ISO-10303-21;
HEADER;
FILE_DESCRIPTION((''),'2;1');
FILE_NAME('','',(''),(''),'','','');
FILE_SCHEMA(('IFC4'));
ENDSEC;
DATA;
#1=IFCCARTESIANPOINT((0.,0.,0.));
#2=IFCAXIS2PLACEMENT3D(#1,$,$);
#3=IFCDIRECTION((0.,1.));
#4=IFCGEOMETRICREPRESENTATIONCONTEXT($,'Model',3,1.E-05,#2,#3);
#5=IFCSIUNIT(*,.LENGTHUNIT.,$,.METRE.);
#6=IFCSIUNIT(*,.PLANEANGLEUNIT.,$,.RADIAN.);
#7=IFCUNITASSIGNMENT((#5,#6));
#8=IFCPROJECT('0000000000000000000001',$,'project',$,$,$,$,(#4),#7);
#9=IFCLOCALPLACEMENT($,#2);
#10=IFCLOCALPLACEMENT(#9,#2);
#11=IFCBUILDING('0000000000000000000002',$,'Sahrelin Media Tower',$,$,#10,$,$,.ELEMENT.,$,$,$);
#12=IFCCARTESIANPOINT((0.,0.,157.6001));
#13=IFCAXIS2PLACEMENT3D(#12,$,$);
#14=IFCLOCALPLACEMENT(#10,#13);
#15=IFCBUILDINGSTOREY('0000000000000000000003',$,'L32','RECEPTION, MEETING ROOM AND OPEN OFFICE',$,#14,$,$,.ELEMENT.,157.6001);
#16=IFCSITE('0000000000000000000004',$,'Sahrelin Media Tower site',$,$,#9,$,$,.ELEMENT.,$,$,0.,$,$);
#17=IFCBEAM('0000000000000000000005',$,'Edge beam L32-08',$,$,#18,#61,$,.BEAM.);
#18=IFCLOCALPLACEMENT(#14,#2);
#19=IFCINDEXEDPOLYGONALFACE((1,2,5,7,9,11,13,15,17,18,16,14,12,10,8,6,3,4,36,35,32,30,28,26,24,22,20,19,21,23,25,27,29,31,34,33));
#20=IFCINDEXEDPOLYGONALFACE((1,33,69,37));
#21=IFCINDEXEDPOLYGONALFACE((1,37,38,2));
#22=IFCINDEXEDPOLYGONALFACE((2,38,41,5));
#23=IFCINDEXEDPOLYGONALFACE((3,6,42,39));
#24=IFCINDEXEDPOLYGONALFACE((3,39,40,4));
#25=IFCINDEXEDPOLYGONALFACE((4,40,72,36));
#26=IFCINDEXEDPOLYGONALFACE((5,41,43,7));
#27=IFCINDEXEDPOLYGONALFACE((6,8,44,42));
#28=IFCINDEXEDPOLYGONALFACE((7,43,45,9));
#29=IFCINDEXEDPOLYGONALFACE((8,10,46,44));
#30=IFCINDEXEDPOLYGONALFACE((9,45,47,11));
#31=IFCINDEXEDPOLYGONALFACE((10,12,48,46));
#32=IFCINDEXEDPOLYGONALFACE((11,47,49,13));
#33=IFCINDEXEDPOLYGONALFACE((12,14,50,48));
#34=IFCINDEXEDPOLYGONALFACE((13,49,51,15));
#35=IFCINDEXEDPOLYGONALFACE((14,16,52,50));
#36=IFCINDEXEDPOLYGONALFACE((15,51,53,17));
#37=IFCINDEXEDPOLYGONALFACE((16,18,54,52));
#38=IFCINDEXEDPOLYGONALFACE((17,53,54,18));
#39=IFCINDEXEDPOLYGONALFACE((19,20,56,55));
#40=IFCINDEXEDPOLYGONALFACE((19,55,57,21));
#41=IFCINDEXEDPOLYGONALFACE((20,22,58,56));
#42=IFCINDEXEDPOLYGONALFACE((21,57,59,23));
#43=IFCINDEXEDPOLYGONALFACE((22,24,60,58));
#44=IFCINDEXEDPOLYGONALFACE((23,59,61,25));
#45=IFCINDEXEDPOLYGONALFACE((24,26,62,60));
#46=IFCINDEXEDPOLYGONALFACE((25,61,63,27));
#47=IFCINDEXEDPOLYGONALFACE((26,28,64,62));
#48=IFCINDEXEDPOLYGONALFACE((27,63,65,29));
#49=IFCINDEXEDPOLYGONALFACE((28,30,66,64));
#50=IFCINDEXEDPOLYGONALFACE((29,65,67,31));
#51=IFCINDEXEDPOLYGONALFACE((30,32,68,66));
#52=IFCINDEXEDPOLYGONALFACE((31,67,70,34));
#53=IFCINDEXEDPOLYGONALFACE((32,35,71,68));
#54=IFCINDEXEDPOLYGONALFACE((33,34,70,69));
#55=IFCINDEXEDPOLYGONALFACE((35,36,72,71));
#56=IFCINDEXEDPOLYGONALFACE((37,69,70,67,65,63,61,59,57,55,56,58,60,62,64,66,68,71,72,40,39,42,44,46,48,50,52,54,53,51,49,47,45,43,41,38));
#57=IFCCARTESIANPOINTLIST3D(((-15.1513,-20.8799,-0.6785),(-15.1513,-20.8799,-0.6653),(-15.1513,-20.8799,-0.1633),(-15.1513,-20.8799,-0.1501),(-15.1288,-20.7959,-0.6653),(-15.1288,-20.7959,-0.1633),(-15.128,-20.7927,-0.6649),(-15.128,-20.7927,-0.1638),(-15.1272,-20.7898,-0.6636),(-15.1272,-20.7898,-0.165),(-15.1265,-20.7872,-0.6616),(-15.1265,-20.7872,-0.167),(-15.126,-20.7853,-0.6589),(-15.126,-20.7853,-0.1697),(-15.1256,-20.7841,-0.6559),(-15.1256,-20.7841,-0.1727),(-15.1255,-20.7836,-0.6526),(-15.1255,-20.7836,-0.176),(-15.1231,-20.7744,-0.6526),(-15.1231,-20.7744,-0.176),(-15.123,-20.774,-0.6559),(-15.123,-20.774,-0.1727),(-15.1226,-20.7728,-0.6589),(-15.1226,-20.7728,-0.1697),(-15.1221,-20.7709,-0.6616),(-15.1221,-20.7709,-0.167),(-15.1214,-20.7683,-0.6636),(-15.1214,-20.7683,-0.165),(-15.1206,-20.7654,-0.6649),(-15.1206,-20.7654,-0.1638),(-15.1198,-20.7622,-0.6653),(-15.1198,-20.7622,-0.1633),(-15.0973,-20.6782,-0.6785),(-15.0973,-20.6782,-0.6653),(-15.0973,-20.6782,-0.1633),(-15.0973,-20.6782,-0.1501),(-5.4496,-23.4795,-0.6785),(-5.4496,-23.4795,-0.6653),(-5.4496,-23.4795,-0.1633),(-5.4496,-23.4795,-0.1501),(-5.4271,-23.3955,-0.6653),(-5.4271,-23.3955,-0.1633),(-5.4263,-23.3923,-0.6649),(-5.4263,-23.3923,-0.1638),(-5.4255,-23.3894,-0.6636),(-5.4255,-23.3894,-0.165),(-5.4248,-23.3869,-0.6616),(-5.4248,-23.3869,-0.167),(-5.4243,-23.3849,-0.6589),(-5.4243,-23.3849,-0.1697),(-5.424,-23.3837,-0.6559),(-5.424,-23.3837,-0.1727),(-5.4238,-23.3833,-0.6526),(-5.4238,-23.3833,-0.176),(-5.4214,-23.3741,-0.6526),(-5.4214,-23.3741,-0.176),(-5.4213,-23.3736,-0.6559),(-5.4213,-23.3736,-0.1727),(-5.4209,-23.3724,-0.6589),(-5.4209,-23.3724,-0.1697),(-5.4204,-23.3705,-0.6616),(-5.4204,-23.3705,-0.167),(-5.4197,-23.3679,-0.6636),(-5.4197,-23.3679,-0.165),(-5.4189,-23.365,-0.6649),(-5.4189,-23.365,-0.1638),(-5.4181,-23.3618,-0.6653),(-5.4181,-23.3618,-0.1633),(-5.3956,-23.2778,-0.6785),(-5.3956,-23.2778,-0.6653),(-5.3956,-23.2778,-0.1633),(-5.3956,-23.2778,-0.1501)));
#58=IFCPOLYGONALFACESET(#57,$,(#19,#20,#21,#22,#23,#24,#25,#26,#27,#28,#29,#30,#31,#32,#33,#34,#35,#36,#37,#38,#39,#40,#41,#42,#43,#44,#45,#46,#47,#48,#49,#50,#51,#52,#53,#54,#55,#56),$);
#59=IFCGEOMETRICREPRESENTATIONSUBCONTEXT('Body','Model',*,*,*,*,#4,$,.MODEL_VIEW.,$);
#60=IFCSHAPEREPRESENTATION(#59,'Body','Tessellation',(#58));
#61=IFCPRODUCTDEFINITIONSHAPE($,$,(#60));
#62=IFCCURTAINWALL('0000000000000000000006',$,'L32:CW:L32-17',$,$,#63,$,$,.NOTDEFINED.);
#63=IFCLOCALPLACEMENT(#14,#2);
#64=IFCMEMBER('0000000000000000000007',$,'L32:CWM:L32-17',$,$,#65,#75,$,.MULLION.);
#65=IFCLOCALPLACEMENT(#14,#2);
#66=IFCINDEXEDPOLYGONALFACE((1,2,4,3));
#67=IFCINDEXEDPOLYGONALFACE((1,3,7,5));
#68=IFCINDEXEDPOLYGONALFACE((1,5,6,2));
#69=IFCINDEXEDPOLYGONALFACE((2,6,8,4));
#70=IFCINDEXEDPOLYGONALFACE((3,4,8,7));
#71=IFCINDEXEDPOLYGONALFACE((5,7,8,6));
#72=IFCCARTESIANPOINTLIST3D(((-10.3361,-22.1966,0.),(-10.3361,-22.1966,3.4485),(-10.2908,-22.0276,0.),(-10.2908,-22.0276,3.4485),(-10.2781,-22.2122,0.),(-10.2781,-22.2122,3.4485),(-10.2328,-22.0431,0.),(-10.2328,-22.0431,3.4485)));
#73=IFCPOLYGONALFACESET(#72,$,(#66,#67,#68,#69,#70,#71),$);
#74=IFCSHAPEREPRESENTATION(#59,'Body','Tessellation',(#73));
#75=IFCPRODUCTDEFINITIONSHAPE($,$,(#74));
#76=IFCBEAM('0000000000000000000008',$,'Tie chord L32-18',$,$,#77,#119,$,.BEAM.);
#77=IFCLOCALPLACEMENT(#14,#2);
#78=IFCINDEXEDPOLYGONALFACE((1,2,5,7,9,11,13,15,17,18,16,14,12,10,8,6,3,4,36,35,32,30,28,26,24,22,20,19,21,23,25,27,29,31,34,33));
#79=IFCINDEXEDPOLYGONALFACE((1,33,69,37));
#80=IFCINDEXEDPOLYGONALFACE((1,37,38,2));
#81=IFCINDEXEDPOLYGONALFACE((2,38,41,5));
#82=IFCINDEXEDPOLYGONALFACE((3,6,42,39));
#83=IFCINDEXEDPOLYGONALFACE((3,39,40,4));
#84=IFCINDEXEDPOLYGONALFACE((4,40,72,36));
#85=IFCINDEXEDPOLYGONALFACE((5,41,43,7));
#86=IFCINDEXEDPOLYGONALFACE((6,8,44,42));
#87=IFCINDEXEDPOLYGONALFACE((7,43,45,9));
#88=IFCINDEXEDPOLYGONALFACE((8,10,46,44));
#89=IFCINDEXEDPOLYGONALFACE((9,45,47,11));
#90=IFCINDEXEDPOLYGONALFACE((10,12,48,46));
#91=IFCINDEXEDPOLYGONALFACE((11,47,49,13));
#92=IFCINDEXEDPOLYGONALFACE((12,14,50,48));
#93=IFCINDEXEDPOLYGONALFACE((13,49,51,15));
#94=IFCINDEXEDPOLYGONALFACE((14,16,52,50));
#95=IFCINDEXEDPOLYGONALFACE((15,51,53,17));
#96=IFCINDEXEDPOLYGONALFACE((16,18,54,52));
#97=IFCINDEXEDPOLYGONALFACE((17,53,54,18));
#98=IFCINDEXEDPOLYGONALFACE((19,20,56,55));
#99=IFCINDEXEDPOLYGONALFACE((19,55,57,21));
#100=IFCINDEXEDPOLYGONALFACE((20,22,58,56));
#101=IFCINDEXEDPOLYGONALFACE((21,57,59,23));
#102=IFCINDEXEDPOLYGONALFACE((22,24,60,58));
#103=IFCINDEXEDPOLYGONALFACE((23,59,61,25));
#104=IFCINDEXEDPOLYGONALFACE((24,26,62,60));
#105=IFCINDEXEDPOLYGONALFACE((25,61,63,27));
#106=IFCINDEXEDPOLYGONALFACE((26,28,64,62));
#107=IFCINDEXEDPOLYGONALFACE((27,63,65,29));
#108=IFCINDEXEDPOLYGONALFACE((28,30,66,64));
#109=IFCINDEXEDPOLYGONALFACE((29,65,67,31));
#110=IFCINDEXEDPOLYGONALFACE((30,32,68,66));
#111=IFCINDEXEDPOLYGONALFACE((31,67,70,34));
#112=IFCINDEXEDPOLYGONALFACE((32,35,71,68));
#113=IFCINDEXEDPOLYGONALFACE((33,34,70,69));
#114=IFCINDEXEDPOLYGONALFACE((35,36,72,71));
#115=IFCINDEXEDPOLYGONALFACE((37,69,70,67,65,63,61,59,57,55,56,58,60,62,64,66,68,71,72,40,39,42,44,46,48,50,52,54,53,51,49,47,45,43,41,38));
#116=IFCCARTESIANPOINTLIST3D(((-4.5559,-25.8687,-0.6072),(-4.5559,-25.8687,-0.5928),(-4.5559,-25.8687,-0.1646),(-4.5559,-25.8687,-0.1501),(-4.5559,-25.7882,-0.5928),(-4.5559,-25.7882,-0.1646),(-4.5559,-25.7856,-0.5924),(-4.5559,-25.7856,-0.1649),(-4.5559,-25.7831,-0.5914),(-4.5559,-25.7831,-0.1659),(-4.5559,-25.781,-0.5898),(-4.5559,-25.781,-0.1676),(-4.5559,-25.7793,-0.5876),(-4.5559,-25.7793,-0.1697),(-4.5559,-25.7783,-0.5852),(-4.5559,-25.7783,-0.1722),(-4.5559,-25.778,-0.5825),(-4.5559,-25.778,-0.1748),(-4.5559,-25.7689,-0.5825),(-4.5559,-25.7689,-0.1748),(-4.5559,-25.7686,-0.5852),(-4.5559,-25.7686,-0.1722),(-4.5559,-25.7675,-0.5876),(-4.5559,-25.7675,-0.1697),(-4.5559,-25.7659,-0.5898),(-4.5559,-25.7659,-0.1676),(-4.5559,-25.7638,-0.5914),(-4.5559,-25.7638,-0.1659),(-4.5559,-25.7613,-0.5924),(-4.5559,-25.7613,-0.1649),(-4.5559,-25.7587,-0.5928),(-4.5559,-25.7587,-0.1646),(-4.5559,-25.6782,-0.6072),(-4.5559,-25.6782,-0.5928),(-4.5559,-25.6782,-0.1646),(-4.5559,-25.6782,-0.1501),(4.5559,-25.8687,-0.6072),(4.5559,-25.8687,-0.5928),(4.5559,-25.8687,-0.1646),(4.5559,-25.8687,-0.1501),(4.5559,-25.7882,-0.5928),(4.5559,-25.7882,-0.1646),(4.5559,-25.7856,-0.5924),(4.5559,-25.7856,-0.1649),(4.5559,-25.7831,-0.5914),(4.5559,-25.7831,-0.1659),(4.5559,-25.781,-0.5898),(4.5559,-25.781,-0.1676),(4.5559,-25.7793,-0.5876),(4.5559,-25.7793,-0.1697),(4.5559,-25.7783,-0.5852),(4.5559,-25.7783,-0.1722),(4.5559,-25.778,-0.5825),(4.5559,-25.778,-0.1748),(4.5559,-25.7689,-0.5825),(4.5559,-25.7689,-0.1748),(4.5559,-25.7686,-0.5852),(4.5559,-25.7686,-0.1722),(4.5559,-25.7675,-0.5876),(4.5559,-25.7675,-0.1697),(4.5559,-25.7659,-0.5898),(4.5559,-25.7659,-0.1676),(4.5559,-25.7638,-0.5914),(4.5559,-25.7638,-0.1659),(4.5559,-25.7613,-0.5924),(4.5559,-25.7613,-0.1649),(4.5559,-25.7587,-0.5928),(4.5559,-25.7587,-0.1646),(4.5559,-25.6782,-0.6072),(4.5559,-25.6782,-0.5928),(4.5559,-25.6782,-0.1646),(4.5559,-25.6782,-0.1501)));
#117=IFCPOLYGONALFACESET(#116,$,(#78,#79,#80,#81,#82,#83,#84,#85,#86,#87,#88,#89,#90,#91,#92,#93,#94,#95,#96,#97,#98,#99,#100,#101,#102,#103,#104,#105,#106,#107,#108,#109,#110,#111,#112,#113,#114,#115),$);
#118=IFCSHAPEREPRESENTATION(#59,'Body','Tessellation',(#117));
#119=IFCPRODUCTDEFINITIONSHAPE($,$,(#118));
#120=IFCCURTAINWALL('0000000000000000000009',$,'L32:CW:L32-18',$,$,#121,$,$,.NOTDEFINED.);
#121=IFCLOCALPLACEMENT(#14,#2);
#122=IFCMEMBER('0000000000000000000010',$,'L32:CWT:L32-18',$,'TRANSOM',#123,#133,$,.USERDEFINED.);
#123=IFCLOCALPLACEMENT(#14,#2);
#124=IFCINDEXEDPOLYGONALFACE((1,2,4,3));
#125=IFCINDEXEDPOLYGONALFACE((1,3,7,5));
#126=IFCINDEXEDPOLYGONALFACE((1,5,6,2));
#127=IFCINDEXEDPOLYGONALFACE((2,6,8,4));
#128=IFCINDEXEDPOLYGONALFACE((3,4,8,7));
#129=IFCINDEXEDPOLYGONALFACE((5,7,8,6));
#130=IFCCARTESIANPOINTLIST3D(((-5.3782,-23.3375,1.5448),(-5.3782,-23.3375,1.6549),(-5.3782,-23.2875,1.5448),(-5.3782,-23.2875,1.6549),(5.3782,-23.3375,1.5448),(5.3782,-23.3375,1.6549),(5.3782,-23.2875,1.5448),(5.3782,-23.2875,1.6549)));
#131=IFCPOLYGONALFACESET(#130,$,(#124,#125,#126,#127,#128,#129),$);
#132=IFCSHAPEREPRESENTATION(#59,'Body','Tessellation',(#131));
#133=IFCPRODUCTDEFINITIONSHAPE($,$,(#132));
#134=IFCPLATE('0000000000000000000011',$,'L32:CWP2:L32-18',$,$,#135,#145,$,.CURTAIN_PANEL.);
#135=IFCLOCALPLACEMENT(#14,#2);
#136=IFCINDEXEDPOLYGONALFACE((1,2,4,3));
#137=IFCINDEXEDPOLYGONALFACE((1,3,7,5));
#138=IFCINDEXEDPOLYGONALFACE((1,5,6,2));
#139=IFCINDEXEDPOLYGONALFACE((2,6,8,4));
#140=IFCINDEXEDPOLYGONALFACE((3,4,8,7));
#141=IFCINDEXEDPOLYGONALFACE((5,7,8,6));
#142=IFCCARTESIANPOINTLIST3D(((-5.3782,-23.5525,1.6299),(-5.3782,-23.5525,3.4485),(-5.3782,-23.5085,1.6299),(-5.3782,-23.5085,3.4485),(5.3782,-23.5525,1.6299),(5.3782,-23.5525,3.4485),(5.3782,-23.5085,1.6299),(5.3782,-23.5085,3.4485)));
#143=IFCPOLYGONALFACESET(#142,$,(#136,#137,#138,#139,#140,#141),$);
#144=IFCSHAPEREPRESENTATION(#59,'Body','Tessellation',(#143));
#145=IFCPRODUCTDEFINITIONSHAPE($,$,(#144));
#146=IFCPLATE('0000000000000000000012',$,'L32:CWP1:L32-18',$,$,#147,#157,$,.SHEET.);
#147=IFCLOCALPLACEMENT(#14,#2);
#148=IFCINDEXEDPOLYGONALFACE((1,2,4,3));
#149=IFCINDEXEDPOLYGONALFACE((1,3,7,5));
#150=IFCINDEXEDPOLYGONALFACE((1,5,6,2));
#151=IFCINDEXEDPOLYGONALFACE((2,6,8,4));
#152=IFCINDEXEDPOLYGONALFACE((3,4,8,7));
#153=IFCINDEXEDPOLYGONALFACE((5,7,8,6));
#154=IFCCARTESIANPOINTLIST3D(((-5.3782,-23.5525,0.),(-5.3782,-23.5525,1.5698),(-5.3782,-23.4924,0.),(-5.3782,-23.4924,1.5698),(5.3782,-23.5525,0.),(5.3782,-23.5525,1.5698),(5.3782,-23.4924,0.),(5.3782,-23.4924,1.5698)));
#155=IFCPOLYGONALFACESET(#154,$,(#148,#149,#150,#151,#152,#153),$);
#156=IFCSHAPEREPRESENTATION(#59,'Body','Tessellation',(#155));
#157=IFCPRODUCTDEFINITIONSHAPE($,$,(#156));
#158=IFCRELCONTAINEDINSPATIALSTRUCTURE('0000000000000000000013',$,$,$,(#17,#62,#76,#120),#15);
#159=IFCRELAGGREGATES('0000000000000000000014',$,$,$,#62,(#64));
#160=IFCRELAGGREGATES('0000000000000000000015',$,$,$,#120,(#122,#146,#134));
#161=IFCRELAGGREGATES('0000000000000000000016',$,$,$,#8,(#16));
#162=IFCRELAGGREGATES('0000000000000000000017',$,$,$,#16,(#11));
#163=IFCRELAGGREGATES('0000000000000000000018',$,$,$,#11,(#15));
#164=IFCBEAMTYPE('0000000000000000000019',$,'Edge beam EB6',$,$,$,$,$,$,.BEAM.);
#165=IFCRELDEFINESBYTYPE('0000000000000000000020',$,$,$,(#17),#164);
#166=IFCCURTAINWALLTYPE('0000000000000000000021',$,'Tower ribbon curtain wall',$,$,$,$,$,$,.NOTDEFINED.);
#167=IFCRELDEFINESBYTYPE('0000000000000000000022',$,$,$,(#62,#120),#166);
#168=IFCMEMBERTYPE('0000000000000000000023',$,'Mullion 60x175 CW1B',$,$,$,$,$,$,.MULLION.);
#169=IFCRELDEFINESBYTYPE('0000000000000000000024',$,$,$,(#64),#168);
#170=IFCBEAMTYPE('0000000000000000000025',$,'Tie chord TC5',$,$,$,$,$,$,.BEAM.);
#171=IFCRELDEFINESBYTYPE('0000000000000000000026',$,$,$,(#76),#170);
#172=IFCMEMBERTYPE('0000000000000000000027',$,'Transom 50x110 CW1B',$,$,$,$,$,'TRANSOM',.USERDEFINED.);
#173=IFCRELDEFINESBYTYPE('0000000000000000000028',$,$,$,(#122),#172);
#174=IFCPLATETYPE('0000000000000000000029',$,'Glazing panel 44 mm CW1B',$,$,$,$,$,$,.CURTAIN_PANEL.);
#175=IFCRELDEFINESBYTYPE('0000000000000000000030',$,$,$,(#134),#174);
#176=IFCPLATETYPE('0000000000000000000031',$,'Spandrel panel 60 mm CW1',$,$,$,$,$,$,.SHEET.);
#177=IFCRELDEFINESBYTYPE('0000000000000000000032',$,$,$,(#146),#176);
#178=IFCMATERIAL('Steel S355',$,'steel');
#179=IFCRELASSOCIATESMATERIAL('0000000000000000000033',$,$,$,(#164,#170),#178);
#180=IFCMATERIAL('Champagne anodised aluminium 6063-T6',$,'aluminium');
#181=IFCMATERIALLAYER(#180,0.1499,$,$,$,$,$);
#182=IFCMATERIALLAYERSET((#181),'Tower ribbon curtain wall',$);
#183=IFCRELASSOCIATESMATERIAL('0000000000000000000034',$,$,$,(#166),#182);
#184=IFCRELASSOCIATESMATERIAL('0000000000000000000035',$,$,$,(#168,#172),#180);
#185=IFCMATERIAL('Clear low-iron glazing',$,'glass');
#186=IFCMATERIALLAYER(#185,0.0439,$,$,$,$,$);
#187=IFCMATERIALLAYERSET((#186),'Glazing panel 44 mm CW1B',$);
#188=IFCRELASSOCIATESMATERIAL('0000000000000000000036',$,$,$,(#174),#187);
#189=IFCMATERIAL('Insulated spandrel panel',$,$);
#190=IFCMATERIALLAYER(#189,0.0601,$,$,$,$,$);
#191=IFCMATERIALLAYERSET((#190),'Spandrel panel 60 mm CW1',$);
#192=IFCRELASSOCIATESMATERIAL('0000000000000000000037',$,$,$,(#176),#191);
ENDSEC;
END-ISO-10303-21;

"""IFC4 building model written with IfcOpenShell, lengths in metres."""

from ifc_helpers import new_model, si_unit, direction, frame, origin, origin_2d, place, context, subcontext, project, spatial, polyline, rectangle, i_section, outline, extrude, material, layer, layer_set, material_profile, profile_set, type_object, element, aggregate, save


model = new_model("IFC4")

# Units and contexts
model_context = context("Model", 3, precision=1e-05, world=origin(), true_north=direction((0.0, 1.0)))
body_context = subcontext(model_context, "Body", "Model", "MODEL_VIEW")
ifc_project = project(units=[si_unit("LENGTHUNIT", "METRE"), si_unit("PLANEANGLEUNIT", "RADIAN")], contexts=[model_context])

# Site, building, storey
site_placement = place(None, origin())
site = spatial("IfcSite", under=ifc_project, at=site_placement, Name="Sahrelin Media Tower site", CompositionType="ELEMENT", RefElevation=0.0)
building_placement = place(site_placement, origin())
building = spatial("IfcBuilding", under=site, at=building_placement, Name="Sahrelin Media Tower", CompositionType="ELEMENT")
storey_placement = place(building_placement, frame((0.0, 0.0, 157.6001)))
storey = spatial("IfcBuildingStorey", under=building, at=storey_placement, Name="L32", Description="RECEPTION, MEETING ROOM AND OPEN OFFICE", CompositionType="ELEMENT", Elevation=157.6001)

# Beam
ifc_material_1 = material(Name="Steel S355", Category="steel")
ifc_material_profile_1 = material_profile(ifc_material_1, i_section(OverallWidth=0.2087, OverallDepth=0.5283, WebThickness=0.0095, FlangeThickness=0.0132, FilletRadius=0.0127, at=origin_2d()), Name="UB 533x210x82")
ifc_profile_set_1 = profile_set([ifc_material_profile_1], Name="Steel S355")
beam_type_1 = type_object("IfcBeamType", Name="Edge beam EB6", PredefinedType="BEAM", material=ifc_profile_set_1)
beam_1_placement = place(storey_placement, frame((-5.4226, -23.3787, -0.4143), z_axis=(-0.965924, 0.258824, 0.0), x_axis=(-0.258824, -0.965924, 0.0)))
element("IfcBeam", 1, at=beam_1_placement, inside=storey, type_object=beam_type_1, Name="Edge beam L32-08", PredefinedType="BEAM", context=body_context, shape_type="SweptSolid", body=[
    extrude(i_section(OverallWidth=0.2087, OverallDepth=0.5283, WebThickness=0.0095, FlangeThickness=0.0132, FilletRadius=0.0127, at=origin_2d()), origin(), (0.0, 0.0, 1.0), 10.0439),
])

# Curtain wall, member
ifc_material_2 = material(Name="Champagne anodised aluminium 6063-T6", Category="aluminium")
ifc_layer_1 = layer(ifc_material_2, 0.1499)
ifc_layer_set_1 = layer_set([ifc_layer_1], Name="Tower ribbon curtain wall")
curtain_wall_type = type_object("IfcCurtainWallType", Name="Tower ribbon curtain wall", PredefinedType="NOTDEFINED", material=ifc_layer_set_1)
curtain_wall_1_placement = place(storey_placement, frame((-10.3123, -22.2236, 0.0), z_axis=(0.0, 0.0, 1.0), x_axis=(1.0, 0.0, 0.0)))
curtain_wall_1 = element("IfcCurtainWall", 2, at=curtain_wall_1_placement, inside=storey, type_object=curtain_wall_type, Name="L32:CW:L32-17", PredefinedType="NOTDEFINED")
ifc_material_profile_2 = material_profile(ifc_material_2, rectangle(XDim=0.0601, YDim=0.175, at=origin_2d()), Name="Mullion 60x175")
ifc_profile_set_2 = profile_set([ifc_material_profile_2], Name="Champagne anodised aluminium 6063-T6")
member_type_1 = type_object("IfcMemberType", Name="Mullion 60x175 CW1B", PredefinedType="MULLION", material=ifc_profile_set_2)
member_1_placement = place(storey_placement, frame((-10.2844, -22.1199, 0.0), z_axis=(0.0, 0.0, 1.0), x_axis=(0.965927, -0.258816, 0.0)))
member_1 = element("IfcMember", 3, at=member_1_placement, type_object=member_type_1, Name="L32:CWM:L32-17", PredefinedType="MULLION", context=body_context, shape_type="SweptSolid", body=[
    extrude(rectangle(XDim=0.0601, YDim=0.175, at=origin_2d()), origin(), (0.0, 0.0, 1.0), 3.4485),
])
aggregate(curtain_wall_1, [member_1])

# Beam
ifc_material_profile_3 = material_profile(ifc_material_1, i_section(OverallWidth=0.1904, OverallDepth=0.457, WebThickness=0.009, FlangeThickness=0.0144, FilletRadius=0.0103, at=origin_2d()), Name="UB 457x191x74")
ifc_profile_set_3 = profile_set([ifc_material_profile_3], Name="Steel S355")
beam_type_2 = type_object("IfcBeamType", Name="Tie chord TC5", PredefinedType="BEAM", material=ifc_profile_set_3)
beam_2_placement = place(storey_placement, frame((-4.5559, -25.7734, -0.3787), z_axis=(1.0, 0.0, 0.0), x_axis=(0.0, 1.0, 0.0)))
element("IfcBeam", 4, at=beam_2_placement, inside=storey, type_object=beam_type_2, Name="Tie chord L32-18", PredefinedType="BEAM", context=body_context, shape_type="SweptSolid", body=[
    extrude(i_section(OverallWidth=0.1904, OverallDepth=0.457, WebThickness=0.009, FlangeThickness=0.0144, FilletRadius=0.0103, at=origin_2d()), origin(), (0.0, 0.0, 1.0), 9.1118),
])

# Curtain wall, member, plates
curtain_wall_2_placement = place(storey_placement, frame((0.0, -23.5325, 0.0), z_axis=(0.0, 0.0, 1.0), x_axis=(1.0, 0.0, 0.0)))
curtain_wall_2 = element("IfcCurtainWall", 5, at=curtain_wall_2_placement, inside=storey, type_object=curtain_wall_type, Name="L32:CW:L32-18", PredefinedType="NOTDEFINED")
ifc_material_profile_4 = material_profile(ifc_material_2, rectangle(XDim=0.05, YDim=0.1101, at=origin_2d()), Name="Transom 50x110")
ifc_profile_set_4 = profile_set([ifc_material_profile_4], Name="Champagne anodised aluminium 6063-T6")
member_type_2 = type_object("IfcMemberType", Name="Transom 50x110 CW1B", ElementType="TRANSOM", PredefinedType="USERDEFINED", material=ifc_profile_set_4)
member_2_placement = place(storey_placement, frame((-5.3782, -23.3125, 1.5999), z_axis=(1.0, 0.0, 0.0), x_axis=(0.0, 1.0, 0.0)))
member_2 = element("IfcMember", 6, at=member_2_placement, type_object=member_type_2, Name="L32:CWT:L32-18", ObjectType="TRANSOM", PredefinedType="USERDEFINED", context=body_context, shape_type="SweptSolid", body=[
    extrude(rectangle(XDim=0.05, YDim=0.1101, at=origin_2d()), origin(), (0.0, 0.0, 1.0), 10.7563),
])
ifc_material_3 = material(Name="Clear low-iron glazing", Category="glass")
ifc_layer_2 = layer(ifc_material_3, 0.0439)
ifc_layer_set_2 = layer_set([ifc_layer_2], Name="Glazing panel 44 mm CW1B")
plate_type_1 = type_object("IfcPlateType", Name="Glazing panel 44 mm CW1B", PredefinedType="CURTAIN_PANEL", material=ifc_layer_set_2)
plate_1_placement = place(storey_placement, frame((-5.3782, -23.5525, 1.6299), z_axis=(0.0, -1.0, 0.0), x_axis=(1.0, 0.0, 0.0)))
plate_1 = element("IfcPlate", 7, at=plate_1_placement, type_object=plate_type_1, Name="L32:CWP2:L32-18", PredefinedType="CURTAIN_PANEL", context=body_context, shape_type="SweptSolid", body=[
    extrude(outline(polyline([(0.0, 0.0), (10.7563, 0.0), (10.7563, 1.8186), (0.0, 1.8186), (0.0, 0.0)])), origin(), (0.0, 0.0, -1.0), 0.0439),
])
ifc_material_4 = material(Name="Insulated spandrel panel")
ifc_layer_3 = layer(ifc_material_4, 0.0601)
ifc_layer_set_3 = layer_set([ifc_layer_3], Name="Spandrel panel 60 mm CW1")
plate_type_2 = type_object("IfcPlateType", Name="Spandrel panel 60 mm CW1", PredefinedType="SHEET", material=ifc_layer_set_3)
plate_2_placement = place(storey_placement, frame((-5.3782, -23.5525, 0.0), z_axis=(0.0, -1.0, 0.0), x_axis=(1.0, 0.0, 0.0)))
plate_2 = element("IfcPlate", 8, at=plate_2_placement, type_object=plate_type_2, Name="L32:CWP1:L32-18", PredefinedType="SHEET", context=body_context, shape_type="SweptSolid", body=[
    extrude(outline(polyline([(0.0, 0.0), (10.7563, 0.0), (10.7563, 1.5698), (0.0, 1.5698), (0.0, 0.0)])), origin(), (0.0, 0.0, -1.0), 0.0601),
])
aggregate(curtain_wall_2, [member_2, plate_2, plate_1])

save(model, "model.ifc")
